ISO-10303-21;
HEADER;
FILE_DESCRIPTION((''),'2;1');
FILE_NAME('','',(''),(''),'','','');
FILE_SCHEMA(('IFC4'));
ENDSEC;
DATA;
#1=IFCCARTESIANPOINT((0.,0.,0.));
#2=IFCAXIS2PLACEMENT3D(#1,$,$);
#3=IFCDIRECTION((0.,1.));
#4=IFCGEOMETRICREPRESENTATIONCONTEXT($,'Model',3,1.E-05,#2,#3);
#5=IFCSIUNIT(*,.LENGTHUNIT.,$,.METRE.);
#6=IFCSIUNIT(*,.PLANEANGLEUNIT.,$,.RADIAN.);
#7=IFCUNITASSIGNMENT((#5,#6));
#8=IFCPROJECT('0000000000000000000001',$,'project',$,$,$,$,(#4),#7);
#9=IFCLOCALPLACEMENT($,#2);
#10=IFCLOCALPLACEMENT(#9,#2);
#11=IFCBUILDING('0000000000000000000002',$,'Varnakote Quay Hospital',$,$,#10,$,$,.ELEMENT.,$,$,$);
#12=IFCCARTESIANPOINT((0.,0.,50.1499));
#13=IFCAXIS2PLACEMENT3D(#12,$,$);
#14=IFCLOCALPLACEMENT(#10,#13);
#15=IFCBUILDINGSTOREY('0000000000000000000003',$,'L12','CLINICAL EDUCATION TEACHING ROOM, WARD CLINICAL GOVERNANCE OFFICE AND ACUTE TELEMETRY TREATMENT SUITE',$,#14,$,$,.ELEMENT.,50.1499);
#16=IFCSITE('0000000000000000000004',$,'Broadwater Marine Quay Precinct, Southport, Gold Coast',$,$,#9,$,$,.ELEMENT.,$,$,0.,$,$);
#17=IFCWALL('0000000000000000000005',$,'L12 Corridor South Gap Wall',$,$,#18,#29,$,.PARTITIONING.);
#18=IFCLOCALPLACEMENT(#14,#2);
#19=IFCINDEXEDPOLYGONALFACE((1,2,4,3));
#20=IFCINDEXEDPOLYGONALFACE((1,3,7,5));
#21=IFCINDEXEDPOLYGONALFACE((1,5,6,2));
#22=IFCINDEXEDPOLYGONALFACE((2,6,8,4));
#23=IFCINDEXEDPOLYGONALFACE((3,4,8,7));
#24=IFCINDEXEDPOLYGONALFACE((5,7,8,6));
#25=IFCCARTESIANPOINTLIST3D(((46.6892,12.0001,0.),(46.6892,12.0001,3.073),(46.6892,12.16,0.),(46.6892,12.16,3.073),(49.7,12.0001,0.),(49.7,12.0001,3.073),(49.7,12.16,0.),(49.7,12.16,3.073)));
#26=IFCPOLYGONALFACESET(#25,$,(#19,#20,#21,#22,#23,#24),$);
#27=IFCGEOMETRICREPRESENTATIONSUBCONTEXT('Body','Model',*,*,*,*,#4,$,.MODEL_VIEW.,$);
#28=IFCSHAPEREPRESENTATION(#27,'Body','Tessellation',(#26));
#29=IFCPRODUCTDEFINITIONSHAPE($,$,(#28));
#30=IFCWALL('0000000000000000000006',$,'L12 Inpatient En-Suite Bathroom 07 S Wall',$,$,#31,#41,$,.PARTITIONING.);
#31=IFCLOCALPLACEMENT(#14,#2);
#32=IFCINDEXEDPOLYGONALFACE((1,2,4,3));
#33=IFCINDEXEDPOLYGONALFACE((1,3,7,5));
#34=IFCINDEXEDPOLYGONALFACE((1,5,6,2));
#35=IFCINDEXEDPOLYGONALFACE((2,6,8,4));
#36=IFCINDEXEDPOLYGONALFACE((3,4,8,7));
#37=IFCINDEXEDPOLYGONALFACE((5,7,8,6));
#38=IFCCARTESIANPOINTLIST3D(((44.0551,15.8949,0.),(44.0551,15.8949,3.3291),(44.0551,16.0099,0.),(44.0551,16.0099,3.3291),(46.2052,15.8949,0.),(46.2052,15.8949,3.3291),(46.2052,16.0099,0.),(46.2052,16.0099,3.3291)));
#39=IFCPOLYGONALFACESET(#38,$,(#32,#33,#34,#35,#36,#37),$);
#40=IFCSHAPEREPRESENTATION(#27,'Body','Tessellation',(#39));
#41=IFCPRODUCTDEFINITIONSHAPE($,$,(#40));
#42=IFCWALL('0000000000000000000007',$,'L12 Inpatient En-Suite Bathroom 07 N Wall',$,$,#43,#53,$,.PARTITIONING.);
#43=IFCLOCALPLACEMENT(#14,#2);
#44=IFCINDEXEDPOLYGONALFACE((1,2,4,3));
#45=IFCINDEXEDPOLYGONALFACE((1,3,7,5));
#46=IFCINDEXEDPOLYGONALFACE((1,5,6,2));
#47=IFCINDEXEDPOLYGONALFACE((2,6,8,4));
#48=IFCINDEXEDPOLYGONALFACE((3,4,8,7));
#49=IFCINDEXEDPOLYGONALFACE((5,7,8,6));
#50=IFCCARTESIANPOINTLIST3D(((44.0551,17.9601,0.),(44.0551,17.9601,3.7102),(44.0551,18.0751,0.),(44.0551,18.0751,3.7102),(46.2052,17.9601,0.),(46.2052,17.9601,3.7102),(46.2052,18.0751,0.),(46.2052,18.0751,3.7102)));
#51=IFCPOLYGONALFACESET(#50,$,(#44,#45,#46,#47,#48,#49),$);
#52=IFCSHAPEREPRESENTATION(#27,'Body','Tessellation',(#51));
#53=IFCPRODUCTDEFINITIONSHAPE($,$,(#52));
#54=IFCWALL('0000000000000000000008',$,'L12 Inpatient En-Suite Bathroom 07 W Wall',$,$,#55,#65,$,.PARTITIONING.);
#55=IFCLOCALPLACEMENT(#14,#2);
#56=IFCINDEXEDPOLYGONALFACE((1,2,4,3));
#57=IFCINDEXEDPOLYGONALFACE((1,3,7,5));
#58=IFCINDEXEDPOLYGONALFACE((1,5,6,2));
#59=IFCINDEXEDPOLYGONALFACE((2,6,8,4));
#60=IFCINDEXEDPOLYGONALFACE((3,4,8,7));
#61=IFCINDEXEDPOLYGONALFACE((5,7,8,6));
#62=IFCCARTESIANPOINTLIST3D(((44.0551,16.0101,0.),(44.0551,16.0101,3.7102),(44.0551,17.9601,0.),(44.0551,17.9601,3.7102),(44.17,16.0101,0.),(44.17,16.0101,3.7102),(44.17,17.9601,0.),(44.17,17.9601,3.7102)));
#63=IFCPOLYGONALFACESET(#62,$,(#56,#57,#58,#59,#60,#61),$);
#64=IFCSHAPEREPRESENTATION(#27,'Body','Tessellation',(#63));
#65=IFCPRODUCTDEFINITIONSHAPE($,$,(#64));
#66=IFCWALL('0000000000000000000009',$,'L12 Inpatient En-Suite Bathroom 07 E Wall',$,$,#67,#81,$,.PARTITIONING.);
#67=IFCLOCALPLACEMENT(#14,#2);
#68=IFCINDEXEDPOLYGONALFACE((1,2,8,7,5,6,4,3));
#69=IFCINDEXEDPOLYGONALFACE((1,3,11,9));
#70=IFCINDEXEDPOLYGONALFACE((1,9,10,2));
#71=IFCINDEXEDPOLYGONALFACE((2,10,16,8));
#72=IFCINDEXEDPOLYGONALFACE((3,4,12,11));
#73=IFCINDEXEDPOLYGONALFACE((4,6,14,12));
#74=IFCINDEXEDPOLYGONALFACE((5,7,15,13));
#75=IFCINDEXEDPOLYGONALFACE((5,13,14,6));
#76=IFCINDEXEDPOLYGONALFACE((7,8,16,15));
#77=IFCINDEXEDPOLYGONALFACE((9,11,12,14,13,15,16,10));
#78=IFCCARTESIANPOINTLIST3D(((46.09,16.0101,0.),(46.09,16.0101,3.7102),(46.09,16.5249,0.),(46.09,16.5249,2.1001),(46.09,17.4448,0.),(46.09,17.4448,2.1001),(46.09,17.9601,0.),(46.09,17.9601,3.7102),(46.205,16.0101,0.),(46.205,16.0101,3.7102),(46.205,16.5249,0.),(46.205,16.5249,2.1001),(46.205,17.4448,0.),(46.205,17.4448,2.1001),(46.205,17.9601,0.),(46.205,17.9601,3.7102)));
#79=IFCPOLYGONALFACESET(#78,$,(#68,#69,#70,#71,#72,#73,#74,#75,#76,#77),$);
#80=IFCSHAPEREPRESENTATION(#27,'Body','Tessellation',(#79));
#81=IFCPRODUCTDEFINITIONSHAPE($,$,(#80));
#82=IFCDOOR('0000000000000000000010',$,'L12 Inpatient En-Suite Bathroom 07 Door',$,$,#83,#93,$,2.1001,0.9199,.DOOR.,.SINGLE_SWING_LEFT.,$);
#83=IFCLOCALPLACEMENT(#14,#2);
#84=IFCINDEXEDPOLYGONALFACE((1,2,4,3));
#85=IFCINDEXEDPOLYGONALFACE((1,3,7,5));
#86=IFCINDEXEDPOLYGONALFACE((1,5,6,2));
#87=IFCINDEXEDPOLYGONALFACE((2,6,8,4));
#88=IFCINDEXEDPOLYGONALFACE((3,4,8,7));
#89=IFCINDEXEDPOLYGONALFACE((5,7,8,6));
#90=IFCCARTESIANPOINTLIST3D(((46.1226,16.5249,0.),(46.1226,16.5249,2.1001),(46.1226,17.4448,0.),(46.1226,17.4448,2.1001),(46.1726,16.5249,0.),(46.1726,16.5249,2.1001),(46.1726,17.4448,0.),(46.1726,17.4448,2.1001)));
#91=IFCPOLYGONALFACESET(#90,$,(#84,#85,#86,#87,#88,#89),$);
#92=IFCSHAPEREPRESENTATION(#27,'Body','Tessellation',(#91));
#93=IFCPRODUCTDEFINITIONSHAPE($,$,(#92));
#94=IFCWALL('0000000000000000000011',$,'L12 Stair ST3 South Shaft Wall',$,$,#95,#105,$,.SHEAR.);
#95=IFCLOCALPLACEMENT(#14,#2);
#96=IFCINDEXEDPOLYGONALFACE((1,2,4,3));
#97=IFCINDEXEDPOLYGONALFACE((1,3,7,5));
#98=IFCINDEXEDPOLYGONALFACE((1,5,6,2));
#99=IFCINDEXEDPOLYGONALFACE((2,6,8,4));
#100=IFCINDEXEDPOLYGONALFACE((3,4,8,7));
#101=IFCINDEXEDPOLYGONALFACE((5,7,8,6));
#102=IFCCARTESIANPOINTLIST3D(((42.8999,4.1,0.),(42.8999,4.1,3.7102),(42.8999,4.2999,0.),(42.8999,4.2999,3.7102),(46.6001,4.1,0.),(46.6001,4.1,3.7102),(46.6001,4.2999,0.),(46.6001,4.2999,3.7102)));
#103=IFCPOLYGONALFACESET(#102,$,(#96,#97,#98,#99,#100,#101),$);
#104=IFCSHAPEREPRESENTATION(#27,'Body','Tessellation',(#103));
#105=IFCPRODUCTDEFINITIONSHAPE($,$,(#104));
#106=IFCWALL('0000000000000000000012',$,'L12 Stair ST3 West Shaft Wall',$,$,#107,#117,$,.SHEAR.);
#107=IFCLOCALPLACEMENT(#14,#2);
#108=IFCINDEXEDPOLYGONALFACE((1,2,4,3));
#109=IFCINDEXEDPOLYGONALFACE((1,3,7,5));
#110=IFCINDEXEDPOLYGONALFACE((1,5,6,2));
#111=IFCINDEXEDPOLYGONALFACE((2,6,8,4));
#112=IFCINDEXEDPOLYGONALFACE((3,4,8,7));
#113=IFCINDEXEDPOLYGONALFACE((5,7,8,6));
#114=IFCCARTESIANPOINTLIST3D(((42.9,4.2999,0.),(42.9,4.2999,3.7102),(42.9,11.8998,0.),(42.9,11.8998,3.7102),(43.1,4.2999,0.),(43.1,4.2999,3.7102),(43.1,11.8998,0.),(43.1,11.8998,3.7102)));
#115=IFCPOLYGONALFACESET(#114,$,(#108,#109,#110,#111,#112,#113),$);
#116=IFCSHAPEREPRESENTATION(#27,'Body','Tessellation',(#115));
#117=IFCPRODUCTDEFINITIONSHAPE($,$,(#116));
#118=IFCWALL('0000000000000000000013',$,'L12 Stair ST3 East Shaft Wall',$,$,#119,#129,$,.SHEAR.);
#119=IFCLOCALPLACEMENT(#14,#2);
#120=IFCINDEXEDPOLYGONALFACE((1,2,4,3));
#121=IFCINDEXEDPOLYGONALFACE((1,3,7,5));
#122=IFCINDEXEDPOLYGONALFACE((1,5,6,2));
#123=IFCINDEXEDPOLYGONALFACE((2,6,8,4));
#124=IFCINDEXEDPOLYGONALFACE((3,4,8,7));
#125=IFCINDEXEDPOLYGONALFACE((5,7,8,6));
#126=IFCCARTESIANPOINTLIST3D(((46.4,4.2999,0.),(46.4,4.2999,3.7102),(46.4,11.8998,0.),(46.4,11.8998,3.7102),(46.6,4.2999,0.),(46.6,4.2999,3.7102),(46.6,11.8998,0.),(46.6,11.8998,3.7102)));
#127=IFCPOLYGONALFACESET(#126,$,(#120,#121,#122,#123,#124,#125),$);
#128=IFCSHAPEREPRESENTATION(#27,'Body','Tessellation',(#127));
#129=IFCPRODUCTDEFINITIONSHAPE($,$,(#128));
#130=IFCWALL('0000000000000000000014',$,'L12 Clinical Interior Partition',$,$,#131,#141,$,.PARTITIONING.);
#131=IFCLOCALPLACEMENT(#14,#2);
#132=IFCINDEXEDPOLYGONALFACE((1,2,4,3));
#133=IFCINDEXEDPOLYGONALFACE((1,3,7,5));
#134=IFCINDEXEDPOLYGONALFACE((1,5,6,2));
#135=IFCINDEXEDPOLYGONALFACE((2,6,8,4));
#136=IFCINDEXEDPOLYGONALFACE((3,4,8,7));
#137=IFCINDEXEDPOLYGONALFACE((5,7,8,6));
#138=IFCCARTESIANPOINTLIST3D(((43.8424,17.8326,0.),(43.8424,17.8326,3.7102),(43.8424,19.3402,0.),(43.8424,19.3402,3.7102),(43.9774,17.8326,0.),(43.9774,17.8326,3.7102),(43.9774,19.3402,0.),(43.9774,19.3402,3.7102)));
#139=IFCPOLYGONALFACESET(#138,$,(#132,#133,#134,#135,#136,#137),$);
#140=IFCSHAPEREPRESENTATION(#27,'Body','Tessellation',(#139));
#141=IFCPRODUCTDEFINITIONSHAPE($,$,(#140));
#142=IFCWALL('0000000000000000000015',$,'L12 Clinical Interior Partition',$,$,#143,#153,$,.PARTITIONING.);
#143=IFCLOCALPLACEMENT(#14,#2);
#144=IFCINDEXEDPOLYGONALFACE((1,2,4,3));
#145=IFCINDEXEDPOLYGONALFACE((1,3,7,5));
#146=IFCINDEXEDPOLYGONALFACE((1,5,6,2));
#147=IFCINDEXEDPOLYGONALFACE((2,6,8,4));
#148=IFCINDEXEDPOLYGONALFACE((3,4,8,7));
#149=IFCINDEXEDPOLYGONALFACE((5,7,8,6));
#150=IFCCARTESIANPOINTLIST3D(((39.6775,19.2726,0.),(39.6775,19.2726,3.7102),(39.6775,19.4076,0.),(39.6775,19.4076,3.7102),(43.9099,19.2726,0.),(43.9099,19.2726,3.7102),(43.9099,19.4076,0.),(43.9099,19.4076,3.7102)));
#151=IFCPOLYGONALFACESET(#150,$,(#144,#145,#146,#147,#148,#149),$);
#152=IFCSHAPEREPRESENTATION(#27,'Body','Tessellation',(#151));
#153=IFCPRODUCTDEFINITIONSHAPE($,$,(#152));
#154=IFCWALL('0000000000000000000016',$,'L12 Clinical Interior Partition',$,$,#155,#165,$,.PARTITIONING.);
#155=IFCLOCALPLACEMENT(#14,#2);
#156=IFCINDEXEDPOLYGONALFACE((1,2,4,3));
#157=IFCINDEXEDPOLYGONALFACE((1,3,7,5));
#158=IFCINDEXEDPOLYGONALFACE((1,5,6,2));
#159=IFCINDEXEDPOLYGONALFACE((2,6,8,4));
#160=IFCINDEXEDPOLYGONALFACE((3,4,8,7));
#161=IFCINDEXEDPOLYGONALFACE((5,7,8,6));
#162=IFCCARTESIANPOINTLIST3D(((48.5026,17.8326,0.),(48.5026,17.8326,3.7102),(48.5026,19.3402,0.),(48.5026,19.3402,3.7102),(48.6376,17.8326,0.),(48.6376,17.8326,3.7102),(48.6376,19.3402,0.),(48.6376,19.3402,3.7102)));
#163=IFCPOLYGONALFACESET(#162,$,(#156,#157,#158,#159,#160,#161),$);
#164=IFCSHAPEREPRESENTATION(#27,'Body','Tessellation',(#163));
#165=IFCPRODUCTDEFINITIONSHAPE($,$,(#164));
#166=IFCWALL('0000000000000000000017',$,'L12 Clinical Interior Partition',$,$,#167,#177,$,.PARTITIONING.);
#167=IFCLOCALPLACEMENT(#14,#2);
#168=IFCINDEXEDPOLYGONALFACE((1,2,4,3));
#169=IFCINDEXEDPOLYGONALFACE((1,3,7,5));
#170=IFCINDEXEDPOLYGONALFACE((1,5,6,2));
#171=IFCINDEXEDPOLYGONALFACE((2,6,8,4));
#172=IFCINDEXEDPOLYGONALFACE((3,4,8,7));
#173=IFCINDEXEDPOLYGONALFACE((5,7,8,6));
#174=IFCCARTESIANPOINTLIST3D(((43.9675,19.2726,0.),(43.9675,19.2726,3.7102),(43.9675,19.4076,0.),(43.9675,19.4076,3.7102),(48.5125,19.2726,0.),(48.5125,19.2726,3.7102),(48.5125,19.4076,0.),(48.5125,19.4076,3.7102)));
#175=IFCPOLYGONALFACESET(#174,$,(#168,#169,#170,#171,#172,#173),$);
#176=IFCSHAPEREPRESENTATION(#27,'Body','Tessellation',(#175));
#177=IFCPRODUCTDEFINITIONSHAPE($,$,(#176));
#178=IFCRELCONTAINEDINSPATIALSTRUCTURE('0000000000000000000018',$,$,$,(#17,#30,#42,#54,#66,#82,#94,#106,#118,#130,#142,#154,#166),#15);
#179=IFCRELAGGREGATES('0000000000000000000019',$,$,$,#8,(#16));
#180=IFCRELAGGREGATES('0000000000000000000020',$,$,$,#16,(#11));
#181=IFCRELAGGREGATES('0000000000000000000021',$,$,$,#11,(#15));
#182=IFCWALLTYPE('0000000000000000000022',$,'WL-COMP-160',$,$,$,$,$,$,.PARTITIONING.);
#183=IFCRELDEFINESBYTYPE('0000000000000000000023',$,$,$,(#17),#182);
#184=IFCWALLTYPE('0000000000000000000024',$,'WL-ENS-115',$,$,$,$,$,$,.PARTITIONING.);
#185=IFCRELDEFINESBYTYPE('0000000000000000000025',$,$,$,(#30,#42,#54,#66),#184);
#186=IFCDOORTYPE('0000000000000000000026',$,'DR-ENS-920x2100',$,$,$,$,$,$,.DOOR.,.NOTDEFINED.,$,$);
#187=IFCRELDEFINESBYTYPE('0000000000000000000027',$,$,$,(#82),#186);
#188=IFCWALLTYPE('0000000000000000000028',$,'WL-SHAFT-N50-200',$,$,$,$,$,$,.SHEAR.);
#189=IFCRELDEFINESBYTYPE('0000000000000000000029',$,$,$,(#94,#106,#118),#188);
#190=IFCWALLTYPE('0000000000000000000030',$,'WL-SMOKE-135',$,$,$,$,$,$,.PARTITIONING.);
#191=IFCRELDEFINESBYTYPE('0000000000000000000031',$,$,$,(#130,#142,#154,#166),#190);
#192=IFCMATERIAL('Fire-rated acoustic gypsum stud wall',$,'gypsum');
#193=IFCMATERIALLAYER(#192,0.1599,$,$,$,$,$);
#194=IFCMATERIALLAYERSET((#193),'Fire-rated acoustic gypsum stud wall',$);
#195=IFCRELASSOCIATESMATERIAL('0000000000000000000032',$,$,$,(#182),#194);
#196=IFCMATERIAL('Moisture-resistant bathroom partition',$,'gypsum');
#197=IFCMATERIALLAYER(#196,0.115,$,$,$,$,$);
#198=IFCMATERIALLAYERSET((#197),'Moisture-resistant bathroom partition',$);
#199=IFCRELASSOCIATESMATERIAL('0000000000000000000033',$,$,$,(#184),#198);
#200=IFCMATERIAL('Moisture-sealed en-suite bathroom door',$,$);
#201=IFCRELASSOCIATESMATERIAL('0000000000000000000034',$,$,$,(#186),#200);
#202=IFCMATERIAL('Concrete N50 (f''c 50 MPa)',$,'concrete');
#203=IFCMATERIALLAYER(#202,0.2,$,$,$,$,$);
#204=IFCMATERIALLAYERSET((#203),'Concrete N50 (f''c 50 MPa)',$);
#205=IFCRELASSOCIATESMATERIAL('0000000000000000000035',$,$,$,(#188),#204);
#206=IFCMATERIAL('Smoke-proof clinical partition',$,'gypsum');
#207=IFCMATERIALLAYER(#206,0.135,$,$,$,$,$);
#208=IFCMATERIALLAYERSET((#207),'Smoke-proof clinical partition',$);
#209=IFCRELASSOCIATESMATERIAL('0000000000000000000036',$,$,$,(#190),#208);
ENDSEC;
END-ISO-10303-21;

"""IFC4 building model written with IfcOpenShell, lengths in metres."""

from ifc_helpers import new_model, si_unit, direction, frame, frame_2d, origin, place, context, subcontext, project, spatial, rectangle, extrude, material, layer, layer_set, type_object, element, fill, save


model = new_model("IFC4")

# Units and contexts
model_context = context("Model", 3, precision=1e-05, world=origin(), true_north=direction((0.0, 1.0)))
body_context = subcontext(model_context, "Body", "Model", "MODEL_VIEW")
ifc_project = project(units=[si_unit("LENGTHUNIT", "METRE"), si_unit("PLANEANGLEUNIT", "RADIAN")], contexts=[model_context])

# Site, building, storey
site_placement = place(None, origin())
site = spatial("IfcSite", under=ifc_project, at=site_placement, Name="Broadwater Marine Quay Precinct, Southport, Gold Coast", CompositionType="ELEMENT", RefElevation=0.0)
building_placement = place(site_placement, origin())
building = spatial("IfcBuilding", under=site, at=building_placement, Name="Varnakote Quay Hospital", CompositionType="ELEMENT")
storey_placement = place(building_placement, frame((0.0, 0.0, 50.1499)))
storey = spatial("IfcBuildingStorey", under=building, at=storey_placement, Name="L12", Description="CLINICAL EDUCATION TEACHING ROOM, WARD CLINICAL GOVERNANCE OFFICE AND ACUTE TELEMETRY TREATMENT SUITE", CompositionType="ELEMENT", Elevation=50.1499)

# Walls
ifc_material_1 = material(Name="Fire-rated acoustic gypsum stud wall", Category="gypsum")
ifc_layer_1 = layer(ifc_material_1, 0.1599)
ifc_layer_set_1 = layer_set([ifc_layer_1], Name="Fire-rated acoustic gypsum stud wall")
wall_type_1 = type_object("IfcWallType", Name="WL-COMP-160", PredefinedType="PARTITIONING", material=ifc_layer_set_1)
wall_1_placement = place(storey_placement, frame((46.6892, 12.0801, 0.0), z_axis=(0.0, 0.0, 1.0), x_axis=(1.0, 0.0, 0.0)))
element("IfcWall", 1, at=wall_1_placement, inside=storey, type_object=wall_type_1, Name="L12 Corridor South Gap Wall", PredefinedType="PARTITIONING", context=body_context, shape_type="SweptSolid", body=[
    extrude(rectangle(XDim=3.0107, YDim=0.1599, at=frame_2d((1.5054, 0.0))), origin(), (0.0, 0.0, 1.0), 3.073),
])
ifc_material_2 = material(Name="Moisture-resistant bathroom partition", Category="gypsum")
ifc_layer_2 = layer(ifc_material_2, 0.115)
ifc_layer_set_2 = layer_set([ifc_layer_2], Name="Moisture-resistant bathroom partition")
wall_type_2 = type_object("IfcWallType", Name="WL-ENS-115", PredefinedType="PARTITIONING", material=ifc_layer_set_2)
wall_2_placement = place(storey_placement, frame((44.0549, 15.9524, 0.0), z_axis=(0.0, 0.0, 1.0), x_axis=(1.0, 0.0, 0.0)))
element("IfcWall", 2, at=wall_2_placement, inside=storey, type_object=wall_type_2, Name="L12 Inpatient En-Suite Bathroom 07 S Wall", PredefinedType="PARTITIONING", context=body_context, shape_type="SweptSolid", body=[
    extrude(rectangle(XDim=2.1501, YDim=0.115, at=frame_2d((1.0752, 0.0))), origin(), (0.0, 0.0, 1.0), 3.3291),
])
wall_3_placement = place(storey_placement, frame((44.0549, 18.0176, 0.0), z_axis=(0.0, 0.0, 1.0), x_axis=(1.0, 0.0, 0.0)))
element("IfcWall", 3, at=wall_3_placement, inside=storey, type_object=wall_type_2, Name="L12 Inpatient En-Suite Bathroom 07 N Wall", PredefinedType="PARTITIONING", context=body_context, shape_type="SweptSolid", body=[
    extrude(rectangle(XDim=2.1501, YDim=0.115, at=frame_2d((1.0752, 0.0))), origin(), (0.0, 0.0, 1.0), 3.7102),
])
wall_4_placement = place(storey_placement, frame((44.1125, 16.01, 0.0), z_axis=(0.0, 0.0, 1.0), x_axis=(0.0, 1.0, 0.0)))
element("IfcWall", 4, at=wall_4_placement, inside=storey, type_object=wall_type_2, Name="L12 Inpatient En-Suite Bathroom 07 W Wall", PredefinedType="PARTITIONING", context=body_context, shape_type="SweptSolid", body=[
    extrude(rectangle(XDim=1.95, YDim=0.115, at=frame_2d((0.9751, 0.0))), origin(), (0.0, 0.0, 1.0), 3.7102),
])

# Wall, opening, door
wall_5_placement = place(storey_placement, frame((46.1475, 16.01, 0.0), z_axis=(0.0, 0.0, 1.0), x_axis=(0.0, 1.0, 0.0)))
wall_5 = element("IfcWall", 5, at=wall_5_placement, inside=storey, type_object=wall_type_2, Name="L12 Inpatient En-Suite Bathroom 07 E Wall", PredefinedType="PARTITIONING", context=body_context, shape_type="SweptSolid", body=[
    extrude(rectangle(XDim=1.95, YDim=0.115, at=frame_2d((0.9751, 0.0))), origin(), (0.0, 0.0, 1.0), 3.7102),
])
opening_1_placement = place(wall_5_placement, frame((0.5149, 0.0, 0.0)))
opening_1 = element("IfcOpeningElement", 6, at=opening_1_placement, cuts=wall_5, PredefinedType="OPENING", context=body_context, shape_type="SweptSolid", body=[
    extrude(rectangle(XDim=0.9199, YDim=2.1001, at=frame_2d((0.46, 1.05))), frame((0.0, 0.0674, 0.0), z_axis=(0.0, -1.0, 0.0), x_axis=(1.0, 0.0, 0.0)), (0.0, 0.0, 1.0), 0.135),
])
ifc_material_3 = material(Name="Moisture-sealed en-suite bathroom door")
door_type_1 = type_object("IfcDoorType", Name="DR-ENS-920x2100", OperationType="NOTDEFINED", PredefinedType="DOOR", material=ifc_material_3)
door_1_placement = place(opening_1_placement, origin())
door_1 = element("IfcDoor", 7, at=door_1_placement, inside=storey, type_object=door_type_1, Name="L12 Inpatient En-Suite Bathroom 07 Door", OperationType="SINGLE_SWING_LEFT", OverallHeight=2.1001, OverallWidth=0.9199, PredefinedType="DOOR", context=body_context, shape_type="SweptSolid", body=[
    extrude(rectangle(XDim=0.9199, YDim=2.1001, at=frame_2d((0.46, 1.05))), frame((0.0, 0.0249, 0.0), z_axis=(0.0, -1.0, 0.0), x_axis=(1.0, 0.0, 0.0)), (0.0, 0.0, 1.0), 0.05),
])
fill(opening_1, door_1)

# Walls
ifc_material_4 = material(Name="Concrete N50 (f'c 50 MPa)", Category="concrete")
ifc_layer_3 = layer(ifc_material_4, 0.2)
ifc_layer_set_3 = layer_set([ifc_layer_3], Name="Concrete N50 (f'c 50 MPa)")
wall_type_3 = type_object("IfcWallType", Name="WL-SHAFT-N50-200", PredefinedType="SHEAR", material=ifc_layer_set_3)
wall_6_placement = place(storey_placement, frame((42.8999, 4.2, 0.0), z_axis=(0.0, 0.0, 1.0), x_axis=(1.0, 0.0, 0.0)))
element("IfcWall", 8, at=wall_6_placement, inside=storey, type_object=wall_type_3, Name="L12 Stair ST3 South Shaft Wall", PredefinedType="SHEAR", context=body_context, shape_type="SweptSolid", body=[
    extrude(rectangle(XDim=3.7002, YDim=0.2, at=frame_2d((1.8501, 0.0))), origin(), (0.0, 0.0, 1.0), 3.7102),
])
for number, where, z_axis, x_axis, name in (
    (9, (43.0, 4.3, 0.0), (0.0, 0.0, 1.0), (0.0, 1.0, 0.0), "L12 Stair ST3 West Shaft Wall"),
    (10, (46.5, 4.3, 0.0), (0.0, 0.0, 1.0), (0.0, 1.0, 0.0), "L12 Stair ST3 East Shaft Wall"),
):
    element("IfcWall", number, at=place(storey_placement, frame(where, z_axis=z_axis, x_axis=x_axis)), inside=storey, type_object=wall_type_3, Name=name, PredefinedType="SHEAR", context=body_context, shape_type="SweptSolid", body=[
        extrude(rectangle(XDim=7.5999, YDim=0.2, at=frame_2d((3.7998, 0.0))), origin(), (0.0, 0.0, 1.0), 3.7102),
    ])

# Walls
ifc_material_5 = material(Name="Smoke-proof clinical partition", Category="gypsum")
ifc_layer_4 = layer(ifc_material_5, 0.135)
ifc_layer_set_4 = layer_set([ifc_layer_4], Name="Smoke-proof clinical partition")
wall_type_4 = type_object("IfcWallType", Name="WL-SMOKE-135", PredefinedType="PARTITIONING", material=ifc_layer_set_4)
wall_7_placement = place(storey_placement, frame((43.9099, 17.8325, 0.0), z_axis=(0.0, 0.0, 1.0), x_axis=(0.0, 1.0, 0.0)))
element("IfcWall", 11, at=wall_7_placement, inside=storey, type_object=wall_type_4, Name="L12 Clinical Interior Partition", PredefinedType="PARTITIONING", context=body_context, shape_type="SweptSolid", body=[
    extrude(rectangle(XDim=1.5076, YDim=0.135, at=frame_2d((0.7539, 0.0))), origin(), (0.0, 0.0, 1.0), 3.7102),
])
wall_8_placement = place(storey_placement, frame((43.9099, 19.3401, 0.0), z_axis=(0.0, 0.0, 1.0), x_axis=(-1.0, 0.0, 0.0)))
element("IfcWall", 12, at=wall_8_placement, inside=storey, type_object=wall_type_4, Name="L12 Clinical Interior Partition", PredefinedType="PARTITIONING", context=body_context, shape_type="SweptSolid", body=[
    extrude(rectangle(XDim=4.2324, YDim=0.135, at=frame_2d((2.1162, 0.0))), origin(), (0.0, 0.0, 1.0), 3.7102),
])
wall_9_placement = place(storey_placement, frame((48.5701, 17.8325, 0.0), z_axis=(0.0, 0.0, 1.0), x_axis=(0.0, 1.0, 0.0)))
element("IfcWall", 13, at=wall_9_placement, inside=storey, type_object=wall_type_4, Name="L12 Clinical Interior Partition", PredefinedType="PARTITIONING", context=body_context, shape_type="SweptSolid", body=[
    extrude(rectangle(XDim=1.5076, YDim=0.135, at=frame_2d((0.7539, 0.0))), origin(), (0.0, 0.0, 1.0), 3.7102),
])
wall_10_placement = place(storey_placement, frame((48.5125, 19.3401, 0.0), z_axis=(0.0, 0.0, 1.0), x_axis=(-1.0, 0.0, 0.0)))
element("IfcWall", 14, at=wall_10_placement, inside=storey, type_object=wall_type_4, Name="L12 Clinical Interior Partition", PredefinedType="PARTITIONING", context=body_context, shape_type="SweptSolid", body=[
    extrude(rectangle(XDim=4.5449, YDim=0.135, at=frame_2d((2.2725, 0.0))), origin(), (0.0, 0.0, 1.0), 3.7102),
])

save(model, "model.ifc")
